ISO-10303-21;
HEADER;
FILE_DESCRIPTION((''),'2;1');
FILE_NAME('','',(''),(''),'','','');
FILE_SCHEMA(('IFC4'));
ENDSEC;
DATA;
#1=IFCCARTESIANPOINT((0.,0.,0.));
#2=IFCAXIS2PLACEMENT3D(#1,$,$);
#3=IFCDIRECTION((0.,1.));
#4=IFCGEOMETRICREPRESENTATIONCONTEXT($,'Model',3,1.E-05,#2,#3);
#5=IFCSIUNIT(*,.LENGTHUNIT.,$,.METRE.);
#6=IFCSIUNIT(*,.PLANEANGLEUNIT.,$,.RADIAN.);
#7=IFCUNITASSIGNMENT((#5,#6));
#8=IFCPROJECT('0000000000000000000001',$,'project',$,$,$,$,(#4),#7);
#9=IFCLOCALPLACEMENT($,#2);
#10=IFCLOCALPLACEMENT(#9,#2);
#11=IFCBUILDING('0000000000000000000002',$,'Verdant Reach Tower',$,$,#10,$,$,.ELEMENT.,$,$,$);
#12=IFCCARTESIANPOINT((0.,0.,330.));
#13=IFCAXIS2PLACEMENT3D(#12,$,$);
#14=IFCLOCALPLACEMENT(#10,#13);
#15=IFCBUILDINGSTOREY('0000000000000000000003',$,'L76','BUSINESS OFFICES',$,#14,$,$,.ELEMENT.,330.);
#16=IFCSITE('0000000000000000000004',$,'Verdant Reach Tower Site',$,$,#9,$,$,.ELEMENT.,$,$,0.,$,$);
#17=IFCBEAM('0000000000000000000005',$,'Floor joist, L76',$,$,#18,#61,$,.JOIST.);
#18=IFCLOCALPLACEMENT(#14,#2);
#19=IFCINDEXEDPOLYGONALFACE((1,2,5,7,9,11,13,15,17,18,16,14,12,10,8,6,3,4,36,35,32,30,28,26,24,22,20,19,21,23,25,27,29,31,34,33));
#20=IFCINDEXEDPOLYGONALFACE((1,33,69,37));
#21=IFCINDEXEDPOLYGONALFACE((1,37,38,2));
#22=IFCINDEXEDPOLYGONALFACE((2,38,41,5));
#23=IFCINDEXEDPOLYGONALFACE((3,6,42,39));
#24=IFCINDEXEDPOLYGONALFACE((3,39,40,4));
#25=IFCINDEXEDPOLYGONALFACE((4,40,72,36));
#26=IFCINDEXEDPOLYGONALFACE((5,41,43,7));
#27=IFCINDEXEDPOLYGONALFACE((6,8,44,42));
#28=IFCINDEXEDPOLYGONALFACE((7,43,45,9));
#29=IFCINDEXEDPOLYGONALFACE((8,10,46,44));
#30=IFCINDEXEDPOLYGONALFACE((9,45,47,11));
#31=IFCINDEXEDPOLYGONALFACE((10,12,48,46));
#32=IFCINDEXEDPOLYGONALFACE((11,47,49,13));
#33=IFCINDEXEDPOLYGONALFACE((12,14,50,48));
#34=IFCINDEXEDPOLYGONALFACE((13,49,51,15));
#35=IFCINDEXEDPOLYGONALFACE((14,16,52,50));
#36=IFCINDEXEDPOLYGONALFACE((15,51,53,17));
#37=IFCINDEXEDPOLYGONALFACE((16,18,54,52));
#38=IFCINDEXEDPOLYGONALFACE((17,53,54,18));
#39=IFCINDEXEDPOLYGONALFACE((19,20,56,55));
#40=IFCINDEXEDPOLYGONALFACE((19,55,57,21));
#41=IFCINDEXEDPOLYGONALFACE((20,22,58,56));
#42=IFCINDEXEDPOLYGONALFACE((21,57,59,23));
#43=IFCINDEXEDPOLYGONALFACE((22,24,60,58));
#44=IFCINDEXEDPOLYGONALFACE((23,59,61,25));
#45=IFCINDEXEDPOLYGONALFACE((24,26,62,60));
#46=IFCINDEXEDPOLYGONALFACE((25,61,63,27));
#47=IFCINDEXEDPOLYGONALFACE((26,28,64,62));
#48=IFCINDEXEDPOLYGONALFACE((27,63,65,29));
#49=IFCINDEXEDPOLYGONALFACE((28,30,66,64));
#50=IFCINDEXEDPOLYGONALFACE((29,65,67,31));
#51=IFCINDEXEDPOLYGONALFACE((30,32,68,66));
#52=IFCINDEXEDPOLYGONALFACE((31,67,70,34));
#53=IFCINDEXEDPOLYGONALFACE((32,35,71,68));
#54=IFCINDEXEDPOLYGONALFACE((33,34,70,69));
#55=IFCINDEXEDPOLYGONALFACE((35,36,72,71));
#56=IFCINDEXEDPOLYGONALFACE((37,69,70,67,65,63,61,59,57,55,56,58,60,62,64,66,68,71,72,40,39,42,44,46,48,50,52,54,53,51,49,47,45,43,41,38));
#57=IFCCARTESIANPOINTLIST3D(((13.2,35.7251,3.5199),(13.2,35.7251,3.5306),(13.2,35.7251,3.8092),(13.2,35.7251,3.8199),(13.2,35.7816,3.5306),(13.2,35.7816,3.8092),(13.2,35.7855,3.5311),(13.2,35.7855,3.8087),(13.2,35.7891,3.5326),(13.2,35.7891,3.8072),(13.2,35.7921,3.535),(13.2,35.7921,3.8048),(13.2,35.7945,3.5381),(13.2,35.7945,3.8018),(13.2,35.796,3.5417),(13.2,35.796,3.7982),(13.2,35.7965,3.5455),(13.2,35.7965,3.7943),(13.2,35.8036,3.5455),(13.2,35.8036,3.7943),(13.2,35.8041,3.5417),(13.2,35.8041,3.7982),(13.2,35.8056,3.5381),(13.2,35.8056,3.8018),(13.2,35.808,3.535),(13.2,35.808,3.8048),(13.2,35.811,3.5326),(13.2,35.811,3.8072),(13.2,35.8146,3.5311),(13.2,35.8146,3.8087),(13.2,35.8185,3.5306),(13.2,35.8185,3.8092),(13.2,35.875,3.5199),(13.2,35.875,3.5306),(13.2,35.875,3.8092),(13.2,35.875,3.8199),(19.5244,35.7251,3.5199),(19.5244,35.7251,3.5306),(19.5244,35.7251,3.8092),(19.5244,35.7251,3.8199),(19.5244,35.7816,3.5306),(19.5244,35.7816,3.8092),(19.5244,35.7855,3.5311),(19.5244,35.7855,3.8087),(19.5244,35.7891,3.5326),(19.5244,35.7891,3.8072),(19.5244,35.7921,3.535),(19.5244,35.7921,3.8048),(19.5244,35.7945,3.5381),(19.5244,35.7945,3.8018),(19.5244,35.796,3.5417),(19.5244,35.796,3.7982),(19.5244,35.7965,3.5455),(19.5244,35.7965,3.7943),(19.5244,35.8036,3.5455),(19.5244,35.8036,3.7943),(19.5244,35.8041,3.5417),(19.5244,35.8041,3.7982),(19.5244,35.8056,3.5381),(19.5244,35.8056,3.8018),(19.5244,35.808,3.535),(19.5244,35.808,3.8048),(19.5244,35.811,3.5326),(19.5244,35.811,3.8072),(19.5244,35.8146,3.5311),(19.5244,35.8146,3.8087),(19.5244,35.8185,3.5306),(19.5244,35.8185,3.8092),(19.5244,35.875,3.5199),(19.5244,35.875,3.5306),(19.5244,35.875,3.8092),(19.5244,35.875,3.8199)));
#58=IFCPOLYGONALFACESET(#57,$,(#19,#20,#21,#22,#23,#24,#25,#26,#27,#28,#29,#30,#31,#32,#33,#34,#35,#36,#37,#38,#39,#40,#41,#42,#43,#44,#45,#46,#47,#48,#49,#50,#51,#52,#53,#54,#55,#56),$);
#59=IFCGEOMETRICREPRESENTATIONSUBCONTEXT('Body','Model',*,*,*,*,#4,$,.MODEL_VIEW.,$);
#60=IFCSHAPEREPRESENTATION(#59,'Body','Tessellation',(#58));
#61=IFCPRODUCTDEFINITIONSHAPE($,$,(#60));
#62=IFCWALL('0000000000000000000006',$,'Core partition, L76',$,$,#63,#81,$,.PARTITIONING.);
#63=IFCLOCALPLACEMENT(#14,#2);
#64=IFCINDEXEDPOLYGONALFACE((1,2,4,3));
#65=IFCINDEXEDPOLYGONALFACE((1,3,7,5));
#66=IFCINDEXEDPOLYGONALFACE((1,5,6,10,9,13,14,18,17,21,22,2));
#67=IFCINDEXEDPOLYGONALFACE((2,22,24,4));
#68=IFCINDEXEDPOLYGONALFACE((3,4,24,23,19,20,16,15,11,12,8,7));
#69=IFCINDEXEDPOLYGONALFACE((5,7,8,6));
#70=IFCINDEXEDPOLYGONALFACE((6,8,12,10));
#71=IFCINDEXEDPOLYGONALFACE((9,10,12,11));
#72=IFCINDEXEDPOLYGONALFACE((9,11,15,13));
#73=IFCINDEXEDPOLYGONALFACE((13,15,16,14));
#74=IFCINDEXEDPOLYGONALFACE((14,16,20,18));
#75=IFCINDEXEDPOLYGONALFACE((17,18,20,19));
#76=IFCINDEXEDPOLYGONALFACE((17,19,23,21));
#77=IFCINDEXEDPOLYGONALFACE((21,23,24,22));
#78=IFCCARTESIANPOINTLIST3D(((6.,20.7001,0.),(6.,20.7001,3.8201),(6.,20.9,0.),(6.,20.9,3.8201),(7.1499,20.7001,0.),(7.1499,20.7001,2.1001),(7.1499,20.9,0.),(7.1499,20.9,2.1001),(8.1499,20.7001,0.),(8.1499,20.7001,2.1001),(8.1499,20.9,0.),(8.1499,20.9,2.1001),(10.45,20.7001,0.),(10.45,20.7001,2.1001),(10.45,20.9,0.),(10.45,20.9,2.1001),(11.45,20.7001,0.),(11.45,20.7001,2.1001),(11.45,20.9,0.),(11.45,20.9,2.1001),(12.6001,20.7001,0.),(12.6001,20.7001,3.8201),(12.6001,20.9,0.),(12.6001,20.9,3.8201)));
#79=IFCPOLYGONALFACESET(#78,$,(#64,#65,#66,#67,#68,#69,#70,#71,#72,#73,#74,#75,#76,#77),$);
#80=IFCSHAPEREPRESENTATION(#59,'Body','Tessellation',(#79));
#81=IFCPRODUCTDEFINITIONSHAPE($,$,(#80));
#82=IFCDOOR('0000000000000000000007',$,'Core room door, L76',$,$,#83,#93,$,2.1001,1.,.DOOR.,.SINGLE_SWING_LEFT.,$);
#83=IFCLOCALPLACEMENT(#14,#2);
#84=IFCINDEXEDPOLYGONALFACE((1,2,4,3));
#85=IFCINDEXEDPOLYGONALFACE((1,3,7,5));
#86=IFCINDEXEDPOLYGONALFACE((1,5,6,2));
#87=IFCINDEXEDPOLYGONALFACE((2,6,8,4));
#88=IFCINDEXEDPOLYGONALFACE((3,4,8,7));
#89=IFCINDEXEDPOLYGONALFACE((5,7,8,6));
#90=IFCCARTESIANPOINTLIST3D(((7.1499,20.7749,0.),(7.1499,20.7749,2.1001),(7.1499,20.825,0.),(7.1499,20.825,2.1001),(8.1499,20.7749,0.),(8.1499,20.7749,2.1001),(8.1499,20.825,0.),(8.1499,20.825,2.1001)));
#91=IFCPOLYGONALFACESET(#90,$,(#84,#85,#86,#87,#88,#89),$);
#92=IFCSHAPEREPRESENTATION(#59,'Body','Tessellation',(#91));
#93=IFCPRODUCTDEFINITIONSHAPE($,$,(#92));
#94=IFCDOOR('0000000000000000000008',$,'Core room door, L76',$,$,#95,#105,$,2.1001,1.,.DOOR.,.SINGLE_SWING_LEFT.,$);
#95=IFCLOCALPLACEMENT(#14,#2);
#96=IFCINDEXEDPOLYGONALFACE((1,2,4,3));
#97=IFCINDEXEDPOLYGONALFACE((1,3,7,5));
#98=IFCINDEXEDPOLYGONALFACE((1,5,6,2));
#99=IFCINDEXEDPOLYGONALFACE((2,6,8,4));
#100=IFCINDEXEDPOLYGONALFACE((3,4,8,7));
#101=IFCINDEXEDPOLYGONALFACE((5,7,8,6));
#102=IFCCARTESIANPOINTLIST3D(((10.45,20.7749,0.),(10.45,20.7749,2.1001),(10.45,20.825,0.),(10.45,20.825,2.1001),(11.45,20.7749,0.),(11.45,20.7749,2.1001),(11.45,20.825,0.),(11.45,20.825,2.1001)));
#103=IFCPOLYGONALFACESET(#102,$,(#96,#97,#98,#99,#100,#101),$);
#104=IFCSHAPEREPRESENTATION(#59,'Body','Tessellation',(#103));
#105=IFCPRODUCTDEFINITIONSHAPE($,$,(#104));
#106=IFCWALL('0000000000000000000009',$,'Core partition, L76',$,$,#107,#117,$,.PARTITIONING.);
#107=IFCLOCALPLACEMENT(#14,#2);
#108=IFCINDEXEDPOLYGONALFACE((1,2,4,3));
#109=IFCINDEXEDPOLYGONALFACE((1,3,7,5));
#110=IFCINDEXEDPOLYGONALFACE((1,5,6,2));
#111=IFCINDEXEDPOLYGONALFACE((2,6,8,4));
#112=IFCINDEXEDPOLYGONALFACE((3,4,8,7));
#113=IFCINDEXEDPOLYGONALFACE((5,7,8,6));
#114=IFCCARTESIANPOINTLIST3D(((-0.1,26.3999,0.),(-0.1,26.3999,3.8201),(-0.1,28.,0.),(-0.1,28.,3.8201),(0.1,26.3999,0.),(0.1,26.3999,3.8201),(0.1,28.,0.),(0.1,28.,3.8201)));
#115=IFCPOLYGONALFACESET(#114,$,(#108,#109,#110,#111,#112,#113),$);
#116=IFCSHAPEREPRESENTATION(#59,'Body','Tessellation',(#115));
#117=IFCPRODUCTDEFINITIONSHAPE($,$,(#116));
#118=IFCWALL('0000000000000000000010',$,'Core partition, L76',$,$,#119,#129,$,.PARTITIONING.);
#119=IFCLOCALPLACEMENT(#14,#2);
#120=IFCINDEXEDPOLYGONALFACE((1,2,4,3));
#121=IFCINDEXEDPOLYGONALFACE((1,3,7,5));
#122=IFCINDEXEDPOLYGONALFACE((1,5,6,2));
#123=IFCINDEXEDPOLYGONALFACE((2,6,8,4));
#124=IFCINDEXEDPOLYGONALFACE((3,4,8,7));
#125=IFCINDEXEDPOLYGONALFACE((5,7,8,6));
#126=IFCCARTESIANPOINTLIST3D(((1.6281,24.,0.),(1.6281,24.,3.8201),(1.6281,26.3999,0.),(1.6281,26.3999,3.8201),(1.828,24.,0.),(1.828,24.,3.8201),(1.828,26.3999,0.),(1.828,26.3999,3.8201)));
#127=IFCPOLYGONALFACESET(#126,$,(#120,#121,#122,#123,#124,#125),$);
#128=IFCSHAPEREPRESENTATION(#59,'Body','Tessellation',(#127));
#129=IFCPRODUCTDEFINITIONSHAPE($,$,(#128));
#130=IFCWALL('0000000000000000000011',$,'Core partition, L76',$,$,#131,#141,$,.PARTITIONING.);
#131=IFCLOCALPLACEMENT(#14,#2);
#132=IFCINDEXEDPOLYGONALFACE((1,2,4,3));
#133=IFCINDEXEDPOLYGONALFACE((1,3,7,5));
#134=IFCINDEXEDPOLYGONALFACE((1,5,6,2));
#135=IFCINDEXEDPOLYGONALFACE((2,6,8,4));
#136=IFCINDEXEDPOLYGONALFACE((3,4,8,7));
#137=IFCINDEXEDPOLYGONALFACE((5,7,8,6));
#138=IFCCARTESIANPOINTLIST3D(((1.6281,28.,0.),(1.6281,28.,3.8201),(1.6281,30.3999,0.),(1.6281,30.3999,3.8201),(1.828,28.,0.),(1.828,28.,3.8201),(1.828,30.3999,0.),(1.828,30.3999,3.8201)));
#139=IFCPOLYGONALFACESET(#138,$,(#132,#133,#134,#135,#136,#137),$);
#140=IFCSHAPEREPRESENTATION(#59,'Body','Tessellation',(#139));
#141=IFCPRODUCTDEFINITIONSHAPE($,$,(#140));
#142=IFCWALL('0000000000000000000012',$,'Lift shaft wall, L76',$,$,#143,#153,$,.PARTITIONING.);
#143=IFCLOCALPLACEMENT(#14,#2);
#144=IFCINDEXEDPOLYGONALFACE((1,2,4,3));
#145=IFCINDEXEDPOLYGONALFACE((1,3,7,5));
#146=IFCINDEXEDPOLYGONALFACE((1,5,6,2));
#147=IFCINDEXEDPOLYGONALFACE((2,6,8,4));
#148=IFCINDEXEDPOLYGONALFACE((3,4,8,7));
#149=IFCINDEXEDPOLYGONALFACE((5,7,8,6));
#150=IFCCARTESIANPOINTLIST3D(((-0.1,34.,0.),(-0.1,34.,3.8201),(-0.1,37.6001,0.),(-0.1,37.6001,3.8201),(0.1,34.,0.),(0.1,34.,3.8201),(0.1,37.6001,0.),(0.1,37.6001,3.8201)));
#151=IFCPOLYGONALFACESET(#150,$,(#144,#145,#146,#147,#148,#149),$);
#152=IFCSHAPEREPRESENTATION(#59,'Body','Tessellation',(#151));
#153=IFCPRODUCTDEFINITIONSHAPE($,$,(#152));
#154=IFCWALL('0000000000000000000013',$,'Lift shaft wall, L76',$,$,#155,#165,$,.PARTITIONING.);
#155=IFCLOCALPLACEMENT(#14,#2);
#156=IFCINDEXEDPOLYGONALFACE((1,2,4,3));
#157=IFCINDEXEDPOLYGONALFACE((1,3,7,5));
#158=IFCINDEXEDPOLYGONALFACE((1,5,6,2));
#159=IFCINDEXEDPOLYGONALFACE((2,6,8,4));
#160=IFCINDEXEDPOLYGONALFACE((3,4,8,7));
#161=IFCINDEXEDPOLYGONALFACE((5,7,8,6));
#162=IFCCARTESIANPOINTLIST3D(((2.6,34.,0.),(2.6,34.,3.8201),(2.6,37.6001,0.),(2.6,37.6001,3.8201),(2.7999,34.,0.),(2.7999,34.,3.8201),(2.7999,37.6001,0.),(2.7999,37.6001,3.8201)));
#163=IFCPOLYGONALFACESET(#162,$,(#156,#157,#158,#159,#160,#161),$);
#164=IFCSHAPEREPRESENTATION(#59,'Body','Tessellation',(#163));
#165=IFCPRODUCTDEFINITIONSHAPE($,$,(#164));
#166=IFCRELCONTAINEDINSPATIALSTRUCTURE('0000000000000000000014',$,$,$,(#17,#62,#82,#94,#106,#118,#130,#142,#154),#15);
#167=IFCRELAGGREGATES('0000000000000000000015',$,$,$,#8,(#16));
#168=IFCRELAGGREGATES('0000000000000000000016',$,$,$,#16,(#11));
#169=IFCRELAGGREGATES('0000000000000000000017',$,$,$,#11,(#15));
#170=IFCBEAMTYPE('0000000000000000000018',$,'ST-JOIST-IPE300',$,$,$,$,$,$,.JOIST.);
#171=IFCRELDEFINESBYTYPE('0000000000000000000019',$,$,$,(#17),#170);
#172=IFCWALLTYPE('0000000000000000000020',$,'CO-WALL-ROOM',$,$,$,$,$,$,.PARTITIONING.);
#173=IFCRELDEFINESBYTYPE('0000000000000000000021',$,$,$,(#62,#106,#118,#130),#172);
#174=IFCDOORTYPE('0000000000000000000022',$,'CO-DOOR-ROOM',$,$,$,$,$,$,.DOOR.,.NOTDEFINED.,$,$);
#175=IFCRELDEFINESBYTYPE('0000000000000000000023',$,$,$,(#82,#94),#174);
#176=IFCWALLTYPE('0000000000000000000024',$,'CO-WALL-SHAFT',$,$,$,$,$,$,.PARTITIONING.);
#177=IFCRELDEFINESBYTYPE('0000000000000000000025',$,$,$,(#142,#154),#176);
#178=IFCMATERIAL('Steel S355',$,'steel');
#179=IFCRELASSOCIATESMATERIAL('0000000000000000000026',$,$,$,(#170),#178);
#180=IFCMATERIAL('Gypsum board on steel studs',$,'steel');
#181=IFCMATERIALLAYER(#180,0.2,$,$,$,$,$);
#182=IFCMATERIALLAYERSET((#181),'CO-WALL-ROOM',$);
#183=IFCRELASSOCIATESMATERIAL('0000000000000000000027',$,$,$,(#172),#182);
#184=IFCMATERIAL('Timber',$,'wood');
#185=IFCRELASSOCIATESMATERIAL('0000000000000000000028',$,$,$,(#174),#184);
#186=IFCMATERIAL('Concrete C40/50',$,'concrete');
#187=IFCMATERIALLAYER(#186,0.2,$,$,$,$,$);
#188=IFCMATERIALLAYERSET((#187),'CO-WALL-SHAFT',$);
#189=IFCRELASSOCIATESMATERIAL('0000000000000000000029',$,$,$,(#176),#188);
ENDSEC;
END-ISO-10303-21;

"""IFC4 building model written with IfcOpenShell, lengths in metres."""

from ifc_helpers import new_model, si_unit, direction, frame, frame_2d, origin, origin_2d, place, context, subcontext, project, spatial, rectangle, i_section, extrude, material, layer, layer_set, material_profile, profile_set, type_object, element, fill, save


model = new_model("IFC4")

# Units and contexts
model_context = context("Model", 3, precision=1e-05, world=origin(), true_north=direction((0.0, 1.0)))
body_context = subcontext(model_context, "Body", "Model", "MODEL_VIEW")
ifc_project = project(units=[si_unit("LENGTHUNIT", "METRE"), si_unit("PLANEANGLEUNIT", "RADIAN")], contexts=[model_context])

# Site, building, storey
site_placement = place(None, origin())
site = spatial("IfcSite", under=ifc_project, at=site_placement, Name="Verdant Reach Tower Site", CompositionType="ELEMENT", RefElevation=0.0)
building_placement = place(site_placement, origin())
building = spatial("IfcBuilding", under=site, at=building_placement, Name="Verdant Reach Tower", CompositionType="ELEMENT")
storey_placement = place(building_placement, frame((0.0, 0.0, 330.0)))
storey = spatial("IfcBuildingStorey", under=building, at=storey_placement, Name="L76", Description="BUSINESS OFFICES", CompositionType="ELEMENT", Elevation=330.0)

# Beam
ifc_material_1 = material(Name="Steel S355", Category="steel")
ifc_material_profile = material_profile(ifc_material_1, i_section(OverallWidth=0.1499, OverallDepth=0.3, WebThickness=0.0071, FlangeThickness=0.0107, FilletRadius=0.0149, at=origin_2d()), Name="IPE 300")
ifc_profile_set = profile_set([ifc_material_profile], Name="Steel S355")
beam_type = type_object("IfcBeamType", Name="ST-JOIST-IPE300", PredefinedType="JOIST", material=ifc_profile_set)
beam_1_placement = place(storey_placement, frame((13.2, 35.8, 3.6699), z_axis=(1.0, 0.0, 0.0), x_axis=(0.0, 1.0, 0.0)))
element("IfcBeam", 1, at=beam_1_placement, inside=storey, type_object=beam_type, Name="Floor joist, L76", PredefinedType="JOIST", context=body_context, shape_type="SweptSolid", body=[
    extrude(i_section(OverallWidth=0.1499, OverallDepth=0.3, WebThickness=0.0071, FlangeThickness=0.0107, FilletRadius=0.0149, at=origin_2d()), origin(), (0.0, 0.0, 1.0), 6.3245),
])

# Wall, openings, doors
ifc_material_2 = material(Name="Gypsum board on steel studs", Category="steel")
ifc_layer_1 = layer(ifc_material_2, 0.2)
ifc_layer_set_1 = layer_set([ifc_layer_1], Name="CO-WALL-ROOM")
wall_type_1 = type_object("IfcWallType", Name="CO-WALL-ROOM", PredefinedType="PARTITIONING", material=ifc_layer_set_1)
wall_1_placement = place(storey_placement, frame((6.0, 20.8, 0.0), z_axis=(0.0, 0.0, 1.0), x_axis=(1.0, 0.0, 0.0)))
wall_1 = element("IfcWall", 2, at=wall_1_placement, inside=storey, type_object=wall_type_1, Name="Core partition, L76", PredefinedType="PARTITIONING", context=body_context, shape_type="SweptSolid", body=[
    extrude(rectangle(XDim=6.6001, YDim=0.2, at=frame_2d((3.3, 0.0))), origin(), (0.0, 0.0, 1.0), 3.8201),
])
opening_1_placement = place(wall_1_placement, frame((1.1499, 0.0, 0.0)))
opening_1 = element("IfcOpeningElement", 3, at=opening_1_placement, cuts=wall_1, PredefinedType="OPENING", context=body_context, shape_type="SweptSolid", body=[
    extrude(rectangle(XDim=1.0, YDim=2.1001, at=frame_2d((0.5, 1.05))), frame((0.0, 0.1099, 0.0), z_axis=(0.0, -1.0, 0.0), x_axis=(1.0, 0.0, 0.0)), (0.0, 0.0, 1.0), 0.22),
])
opening_2_placement = place(wall_1_placement, frame((4.45, 0.0, 0.0)))
opening_2 = element("IfcOpeningElement", 4, at=opening_2_placement, cuts=wall_1, PredefinedType="OPENING", context=body_context, shape_type="SweptSolid", body=[
    extrude(rectangle(XDim=1.0, YDim=2.1001, at=frame_2d((0.5, 1.05))), frame((0.0, 0.1099, 0.0), z_axis=(0.0, -1.0, 0.0), x_axis=(1.0, 0.0, 0.0)), (0.0, 0.0, 1.0), 0.22),
])
ifc_material_3 = material(Name="Timber", Category="wood")
door_type_1 = type_object("IfcDoorType", Name="CO-DOOR-ROOM", OperationType="NOTDEFINED", PredefinedType="DOOR", material=ifc_material_3)
door_1_placement = place(opening_1_placement, origin())
door_1 = element("IfcDoor", 5, at=door_1_placement, inside=storey, type_object=door_type_1, Name="Core room door, L76", OperationType="SINGLE_SWING_LEFT", OverallHeight=2.1001, OverallWidth=1.0, PredefinedType="DOOR", context=body_context, shape_type="SweptSolid", body=[
    extrude(rectangle(XDim=1.0, YDim=2.1001, at=frame_2d((0.5, 1.05))), frame((0.0, 0.0249, 0.0), z_axis=(0.0, -1.0, 0.0), x_axis=(1.0, 0.0, 0.0)), (0.0, 0.0, 1.0), 0.05),
])
fill(opening_1, door_1)
door_2_placement = place(opening_2_placement, origin())
door_2 = element("IfcDoor", 6, at=door_2_placement, inside=storey, type_object=door_type_1, Name="Core room door, L76", OperationType="SINGLE_SWING_LEFT", OverallHeight=2.1001, OverallWidth=1.0, PredefinedType="DOOR", context=body_context, shape_type="SweptSolid", body=[
    extrude(rectangle(XDim=1.0, YDim=2.1001, at=frame_2d((0.5, 1.05))), frame((0.0, 0.0249, 0.0), z_axis=(0.0, -1.0, 0.0), x_axis=(1.0, 0.0, 0.0)), (0.0, 0.0, 1.0), 0.05),
])
fill(opening_2, door_2)

# Walls
wall_2_placement = place(storey_placement, frame((0.0, 26.3999, 0.0), z_axis=(0.0, 0.0, 1.0), x_axis=(0.0, 1.0, 0.0)))
element("IfcWall", 7, at=wall_2_placement, inside=storey, type_object=wall_type_1, Name="Core partition, L76", PredefinedType="PARTITIONING", context=body_context, shape_type="SweptSolid", body=[
    extrude(rectangle(XDim=1.6001, YDim=0.2, at=frame_2d((0.8, 0.0))), origin(), (0.0, 0.0, 1.0), 3.8201),
])
for number, where, z_axis, x_axis, name in (
    (8, (1.728, 24.0, 0.0), (0.0, 0.0, 1.0), (0.0, 1.0, 0.0), "Core partition, L76"),
    (9, (1.728, 28.0, 0.0), (0.0, 0.0, 1.0), (0.0, 1.0, 0.0), "Core partition, L76"),
):
    element("IfcWall", number, at=place(storey_placement, frame(where, z_axis=z_axis, x_axis=x_axis)), inside=storey, type_object=wall_type_1, Name=name, PredefinedType="PARTITIONING", context=body_context, shape_type="SweptSolid", body=[
        extrude(rectangle(XDim=2.3999, YDim=0.2, at=frame_2d((1.2, 0.0))), origin(), (0.0, 0.0, 1.0), 3.8201),
    ])
ifc_material_4 = material(Name="Concrete C40/50", Category="concrete")
ifc_layer_2 = layer(ifc_material_4, 0.2)
ifc_layer_set_2 = layer_set([ifc_layer_2], Name="CO-WALL-SHAFT")
wall_type_2 = type_object("IfcWallType", Name="CO-WALL-SHAFT", PredefinedType="PARTITIONING", material=ifc_layer_set_2)
for number, where, z_axis, x_axis, name in (
    (10, (0.0, 34.0, 0.0), (0.0, 0.0, 1.0), (0.0, 1.0, 0.0), "Lift shaft wall, L76"),
    (11, (2.7, 34.0, 0.0), (0.0, 0.0, 1.0), (0.0, 1.0, 0.0), "Lift shaft wall, L76"),
):
    element("IfcWall", number, at=place(storey_placement, frame(where, z_axis=z_axis, x_axis=x_axis)), inside=storey, type_object=wall_type_2, Name=name, PredefinedType="PARTITIONING", context=body_context, shape_type="SweptSolid", body=[
        extrude(rectangle(XDim=3.6001, YDim=0.2, at=frame_2d((1.8, 0.0))), origin(), (0.0, 0.0, 1.0), 3.8201),
    ])

save(model, "model.ifc")
